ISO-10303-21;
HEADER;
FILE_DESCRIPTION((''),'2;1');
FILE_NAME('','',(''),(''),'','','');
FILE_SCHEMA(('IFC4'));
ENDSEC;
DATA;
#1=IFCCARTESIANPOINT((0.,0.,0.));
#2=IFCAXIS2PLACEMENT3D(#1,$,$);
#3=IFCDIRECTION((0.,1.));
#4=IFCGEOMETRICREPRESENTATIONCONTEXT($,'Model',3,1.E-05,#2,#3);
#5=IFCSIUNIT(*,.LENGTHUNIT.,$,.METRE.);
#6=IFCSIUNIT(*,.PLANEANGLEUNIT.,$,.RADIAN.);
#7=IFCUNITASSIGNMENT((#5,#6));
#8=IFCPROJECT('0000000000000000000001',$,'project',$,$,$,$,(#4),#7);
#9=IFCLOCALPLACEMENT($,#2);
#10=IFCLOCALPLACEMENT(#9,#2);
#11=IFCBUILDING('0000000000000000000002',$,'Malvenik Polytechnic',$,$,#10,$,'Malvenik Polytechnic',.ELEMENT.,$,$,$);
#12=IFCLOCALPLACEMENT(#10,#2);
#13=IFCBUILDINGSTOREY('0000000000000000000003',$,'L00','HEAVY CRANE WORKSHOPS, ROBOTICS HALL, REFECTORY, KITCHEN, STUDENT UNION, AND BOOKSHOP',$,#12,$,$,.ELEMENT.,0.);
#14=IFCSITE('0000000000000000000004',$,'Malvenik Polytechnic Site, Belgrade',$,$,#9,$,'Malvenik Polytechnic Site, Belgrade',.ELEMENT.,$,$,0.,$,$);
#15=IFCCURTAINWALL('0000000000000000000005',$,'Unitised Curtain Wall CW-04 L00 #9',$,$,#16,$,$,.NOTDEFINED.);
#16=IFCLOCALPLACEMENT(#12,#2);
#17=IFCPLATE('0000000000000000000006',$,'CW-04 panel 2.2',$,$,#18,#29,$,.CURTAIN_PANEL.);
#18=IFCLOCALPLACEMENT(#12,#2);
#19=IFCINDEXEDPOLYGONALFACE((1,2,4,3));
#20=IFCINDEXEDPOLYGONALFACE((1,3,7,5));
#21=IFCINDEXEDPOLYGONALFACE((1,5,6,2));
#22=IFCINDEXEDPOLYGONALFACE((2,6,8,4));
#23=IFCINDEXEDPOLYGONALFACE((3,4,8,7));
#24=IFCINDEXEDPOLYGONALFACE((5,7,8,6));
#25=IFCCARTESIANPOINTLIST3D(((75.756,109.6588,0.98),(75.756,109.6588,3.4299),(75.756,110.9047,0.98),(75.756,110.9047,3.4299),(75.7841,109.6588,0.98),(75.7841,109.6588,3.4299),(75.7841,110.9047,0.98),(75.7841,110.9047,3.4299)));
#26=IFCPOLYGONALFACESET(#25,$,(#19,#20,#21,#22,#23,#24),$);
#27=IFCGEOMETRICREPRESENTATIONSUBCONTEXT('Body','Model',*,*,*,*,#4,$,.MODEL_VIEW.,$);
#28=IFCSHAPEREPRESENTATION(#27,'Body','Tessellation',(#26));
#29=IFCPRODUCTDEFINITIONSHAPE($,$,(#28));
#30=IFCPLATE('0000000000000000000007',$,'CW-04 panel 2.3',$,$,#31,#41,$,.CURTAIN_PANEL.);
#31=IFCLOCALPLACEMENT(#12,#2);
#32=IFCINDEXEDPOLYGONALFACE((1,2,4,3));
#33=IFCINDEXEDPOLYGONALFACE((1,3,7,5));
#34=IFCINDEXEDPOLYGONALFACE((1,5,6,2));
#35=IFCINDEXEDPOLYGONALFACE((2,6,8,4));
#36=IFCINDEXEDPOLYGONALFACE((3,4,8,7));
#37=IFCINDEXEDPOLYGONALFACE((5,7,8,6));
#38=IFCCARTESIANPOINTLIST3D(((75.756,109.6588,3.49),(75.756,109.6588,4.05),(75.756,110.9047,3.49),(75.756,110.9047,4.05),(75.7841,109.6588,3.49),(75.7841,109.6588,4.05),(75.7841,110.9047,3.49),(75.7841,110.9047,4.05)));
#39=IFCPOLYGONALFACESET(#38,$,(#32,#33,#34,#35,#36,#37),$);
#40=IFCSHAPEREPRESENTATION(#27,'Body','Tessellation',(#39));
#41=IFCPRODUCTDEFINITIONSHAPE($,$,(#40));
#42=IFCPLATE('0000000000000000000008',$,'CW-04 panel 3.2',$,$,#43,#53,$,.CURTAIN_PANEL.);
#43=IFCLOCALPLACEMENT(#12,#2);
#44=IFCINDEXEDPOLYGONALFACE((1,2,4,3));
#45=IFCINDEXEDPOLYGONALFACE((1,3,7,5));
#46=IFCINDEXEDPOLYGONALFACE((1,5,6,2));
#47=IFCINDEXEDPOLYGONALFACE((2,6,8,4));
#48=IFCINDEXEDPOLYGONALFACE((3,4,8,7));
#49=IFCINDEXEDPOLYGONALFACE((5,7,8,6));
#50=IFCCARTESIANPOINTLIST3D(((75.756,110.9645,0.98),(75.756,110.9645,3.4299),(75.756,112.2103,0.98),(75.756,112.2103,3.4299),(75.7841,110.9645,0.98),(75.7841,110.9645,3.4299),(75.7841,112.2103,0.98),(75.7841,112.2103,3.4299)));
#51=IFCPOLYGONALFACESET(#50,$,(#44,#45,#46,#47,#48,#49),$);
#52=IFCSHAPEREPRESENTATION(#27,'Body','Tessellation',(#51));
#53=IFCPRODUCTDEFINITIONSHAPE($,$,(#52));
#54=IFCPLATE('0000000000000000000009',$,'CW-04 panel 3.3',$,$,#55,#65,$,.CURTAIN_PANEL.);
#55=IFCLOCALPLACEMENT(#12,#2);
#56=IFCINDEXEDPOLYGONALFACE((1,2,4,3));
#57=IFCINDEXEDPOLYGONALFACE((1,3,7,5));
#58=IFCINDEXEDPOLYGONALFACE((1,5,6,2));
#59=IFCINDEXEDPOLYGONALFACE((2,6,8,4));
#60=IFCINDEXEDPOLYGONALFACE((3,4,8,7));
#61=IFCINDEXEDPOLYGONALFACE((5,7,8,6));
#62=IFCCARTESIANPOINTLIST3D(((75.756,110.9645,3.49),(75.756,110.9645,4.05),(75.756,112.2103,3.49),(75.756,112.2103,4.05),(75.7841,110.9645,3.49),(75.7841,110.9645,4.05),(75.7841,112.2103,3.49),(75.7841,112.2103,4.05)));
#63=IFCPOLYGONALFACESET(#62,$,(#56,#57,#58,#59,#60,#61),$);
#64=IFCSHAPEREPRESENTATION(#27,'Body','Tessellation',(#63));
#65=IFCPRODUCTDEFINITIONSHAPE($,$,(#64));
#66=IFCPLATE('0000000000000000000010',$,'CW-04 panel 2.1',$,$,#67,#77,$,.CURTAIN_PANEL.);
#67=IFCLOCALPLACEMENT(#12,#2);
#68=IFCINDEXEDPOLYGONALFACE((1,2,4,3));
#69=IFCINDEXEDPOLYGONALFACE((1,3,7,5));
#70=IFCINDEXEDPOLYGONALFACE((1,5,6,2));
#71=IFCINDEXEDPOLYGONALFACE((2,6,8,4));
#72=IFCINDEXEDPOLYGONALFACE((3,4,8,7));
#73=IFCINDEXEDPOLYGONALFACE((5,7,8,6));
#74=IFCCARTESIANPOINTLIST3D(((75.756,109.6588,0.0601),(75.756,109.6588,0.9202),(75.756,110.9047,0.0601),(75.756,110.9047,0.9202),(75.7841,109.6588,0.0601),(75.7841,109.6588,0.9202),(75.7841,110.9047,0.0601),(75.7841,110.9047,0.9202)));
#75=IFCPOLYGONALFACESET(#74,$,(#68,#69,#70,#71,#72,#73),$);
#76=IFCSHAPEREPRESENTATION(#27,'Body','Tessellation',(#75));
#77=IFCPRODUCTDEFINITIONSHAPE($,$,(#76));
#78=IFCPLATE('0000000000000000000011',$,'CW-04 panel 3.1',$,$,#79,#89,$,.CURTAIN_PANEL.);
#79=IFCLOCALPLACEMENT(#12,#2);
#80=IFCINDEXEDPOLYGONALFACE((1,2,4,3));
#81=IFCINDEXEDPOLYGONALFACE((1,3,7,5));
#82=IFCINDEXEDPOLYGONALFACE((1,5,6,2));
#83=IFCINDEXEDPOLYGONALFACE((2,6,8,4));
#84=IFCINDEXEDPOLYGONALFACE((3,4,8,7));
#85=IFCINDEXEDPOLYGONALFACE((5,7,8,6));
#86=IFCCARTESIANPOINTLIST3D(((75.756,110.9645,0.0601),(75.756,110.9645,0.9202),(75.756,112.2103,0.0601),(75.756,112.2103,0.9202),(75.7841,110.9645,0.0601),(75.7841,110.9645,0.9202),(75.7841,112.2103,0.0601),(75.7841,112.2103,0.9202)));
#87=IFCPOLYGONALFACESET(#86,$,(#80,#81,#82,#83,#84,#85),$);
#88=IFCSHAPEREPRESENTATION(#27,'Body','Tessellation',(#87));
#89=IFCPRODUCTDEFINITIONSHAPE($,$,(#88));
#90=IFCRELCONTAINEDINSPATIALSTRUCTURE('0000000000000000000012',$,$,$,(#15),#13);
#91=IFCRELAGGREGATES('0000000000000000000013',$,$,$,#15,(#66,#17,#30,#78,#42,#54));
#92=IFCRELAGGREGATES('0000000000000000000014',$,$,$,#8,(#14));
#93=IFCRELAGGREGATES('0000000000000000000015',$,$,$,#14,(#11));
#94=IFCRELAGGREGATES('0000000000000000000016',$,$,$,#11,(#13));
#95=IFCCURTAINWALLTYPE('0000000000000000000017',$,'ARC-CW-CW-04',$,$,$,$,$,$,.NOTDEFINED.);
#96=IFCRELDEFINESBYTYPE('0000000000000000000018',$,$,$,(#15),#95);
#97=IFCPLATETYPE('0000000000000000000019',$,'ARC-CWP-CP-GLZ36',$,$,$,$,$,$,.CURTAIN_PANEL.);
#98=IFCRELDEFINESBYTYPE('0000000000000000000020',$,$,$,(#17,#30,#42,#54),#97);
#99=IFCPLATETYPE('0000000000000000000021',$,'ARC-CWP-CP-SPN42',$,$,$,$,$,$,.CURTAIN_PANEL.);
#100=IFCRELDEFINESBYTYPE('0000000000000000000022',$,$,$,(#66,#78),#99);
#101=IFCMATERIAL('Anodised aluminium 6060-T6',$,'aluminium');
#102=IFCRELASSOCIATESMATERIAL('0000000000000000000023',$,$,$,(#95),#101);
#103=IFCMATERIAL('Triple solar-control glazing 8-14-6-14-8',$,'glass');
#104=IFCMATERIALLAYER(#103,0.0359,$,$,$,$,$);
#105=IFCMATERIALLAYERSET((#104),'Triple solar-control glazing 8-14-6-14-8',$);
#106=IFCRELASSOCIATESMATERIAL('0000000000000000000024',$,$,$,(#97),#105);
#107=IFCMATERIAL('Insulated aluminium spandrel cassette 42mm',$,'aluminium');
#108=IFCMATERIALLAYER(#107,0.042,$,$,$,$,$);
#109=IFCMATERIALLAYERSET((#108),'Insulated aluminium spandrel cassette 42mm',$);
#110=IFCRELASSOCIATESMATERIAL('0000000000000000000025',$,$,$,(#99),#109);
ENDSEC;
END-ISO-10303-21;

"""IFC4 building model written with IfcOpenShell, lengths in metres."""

from ifc_helpers import new_model, si_unit, direction, frame, origin, origin_2d, place, context, subcontext, project, spatial, rectangle, extrude, material, layer, layer_set, type_object, element, aggregate, save


model = new_model("IFC4")

# Units and contexts
model_context = context("Model", 3, precision=1e-05, world=origin(), true_north=direction((0.0, 1.0)))
body_context = subcontext(model_context, "Body", "Model", "MODEL_VIEW")
ifc_project = project(units=[si_unit("LENGTHUNIT", "METRE"), si_unit("PLANEANGLEUNIT", "RADIAN")], contexts=[model_context])

# Site, building, storey
site_placement = place(None, origin())
site = spatial("IfcSite", under=ifc_project, at=site_placement, Name="Malvenik Polytechnic Site, Belgrade", LongName="Malvenik Polytechnic Site, Belgrade", CompositionType="ELEMENT", RefElevation=0.0)
building_placement = place(site_placement, origin())
building = spatial("IfcBuilding", under=site, at=building_placement, Name="Malvenik Polytechnic", LongName="Malvenik Polytechnic", CompositionType="ELEMENT")
storey_placement = place(building_placement, origin())
storey = spatial("IfcBuildingStorey", under=building, at=storey_placement, Name="L00", Description="HEAVY CRANE WORKSHOPS, ROBOTICS HALL, REFECTORY, KITCHEN, STUDENT UNION, AND BOOKSHOP", CompositionType="ELEMENT", Elevation=0.0)

# Curtain wall, plates
ifc_material_1 = material(Name="Anodised aluminium 6060-T6", Category="aluminium")
curtain_wall_type = type_object("IfcCurtainWallType", Name="ARC-CW-CW-04", PredefinedType="NOTDEFINED", material=ifc_material_1)
curtain_wall_placement = place(storey_placement, origin())
curtain_wall = element("IfcCurtainWall", 1, at=curtain_wall_placement, inside=storey, type_object=curtain_wall_type, Name="Unitised Curtain Wall CW-04 L00 #9", PredefinedType="NOTDEFINED")
ifc_material_2 = material(Name="Triple solar-control glazing 8-14-6-14-8", Category="glass")
ifc_layer_1 = layer(ifc_material_2, 0.0359)
ifc_layer_set_1 = layer_set([ifc_layer_1], Name="Triple solar-control glazing 8-14-6-14-8")
plate_type_1 = type_object("IfcPlateType", Name="ARC-CWP-CP-GLZ36", PredefinedType="CURTAIN_PANEL", material=ifc_layer_set_1)
plate_1_placement = place(storey_placement, frame((75.77, 110.2817, 0.98), z_axis=(0.0, 0.0, 1.0), x_axis=(0.0, 1.0, 0.0)))
plate_1 = element("IfcPlate", 2, at=plate_1_placement, type_object=plate_type_1, Name="CW-04 panel 2.2", PredefinedType="CURTAIN_PANEL", context=body_context, shape_type="SweptSolid", body=[
    extrude(rectangle(XDim=1.2458, YDim=0.0281, at=origin_2d()), origin(), (0.0, 0.0, 1.0), 2.45),
])
plate_2_placement = place(storey_placement, frame((75.77, 110.2817, 3.49), z_axis=(0.0, 0.0, 1.0), x_axis=(0.0, 1.0, 0.0)))
plate_2 = element("IfcPlate", 3, at=plate_2_placement, type_object=plate_type_1, Name="CW-04 panel 2.3", PredefinedType="CURTAIN_PANEL", context=body_context, shape_type="SweptSolid", body=[
    extrude(rectangle(XDim=1.2458, YDim=0.0281, at=origin_2d()), origin(), (0.0, 0.0, 1.0), 0.5601),
])
plate_3_placement = place(storey_placement, frame((75.77, 111.5874, 0.98), z_axis=(0.0, 0.0, 1.0), x_axis=(0.0, 1.0, 0.0)))
plate_3 = element("IfcPlate", 4, at=plate_3_placement, type_object=plate_type_1, Name="CW-04 panel 3.2", PredefinedType="CURTAIN_PANEL", context=body_context, shape_type="SweptSolid", body=[
    extrude(rectangle(XDim=1.2458, YDim=0.0281, at=origin_2d()), origin(), (0.0, 0.0, 1.0), 2.45),
])
plate_4_placement = place(storey_placement, frame((75.77, 111.5874, 3.49), z_axis=(0.0, 0.0, 1.0), x_axis=(0.0, 1.0, 0.0)))
plate_4 = element("IfcPlate", 5, at=plate_4_placement, type_object=plate_type_1, Name="CW-04 panel 3.3", PredefinedType="CURTAIN_PANEL", context=body_context, shape_type="SweptSolid", body=[
    extrude(rectangle(XDim=1.2458, YDim=0.0281, at=origin_2d()), origin(), (0.0, 0.0, 1.0), 0.5601),
])
ifc_material_3 = material(Name="Insulated aluminium spandrel cassette 42mm", Category="aluminium")
ifc_layer_2 = layer(ifc_material_3, 0.042)
ifc_layer_set_2 = layer_set([ifc_layer_2], Name="Insulated aluminium spandrel cassette 42mm")
plate_type_2 = type_object("IfcPlateType", Name="ARC-CWP-CP-SPN42", PredefinedType="CURTAIN_PANEL", material=ifc_layer_set_2)
plate_5_placement = place(storey_placement, frame((75.77, 110.2817, 0.0601), z_axis=(0.0, 0.0, 1.0), x_axis=(0.0, 1.0, 0.0)))
plate_5 = element("IfcPlate", 6, at=plate_5_placement, type_object=plate_type_2, Name="CW-04 panel 2.1", PredefinedType="CURTAIN_PANEL", context=body_context, shape_type="SweptSolid", body=[
    extrude(rectangle(XDim=1.2458, YDim=0.0281, at=origin_2d()), origin(), (0.0, 0.0, 1.0), 0.8601),
])
plate_6_placement = place(storey_placement, frame((75.77, 111.5874, 0.0601), z_axis=(0.0, 0.0, 1.0), x_axis=(0.0, 1.0, 0.0)))
plate_6 = element("IfcPlate", 7, at=plate_6_placement, type_object=plate_type_2, Name="CW-04 panel 3.1", PredefinedType="CURTAIN_PANEL", context=body_context, shape_type="SweptSolid", body=[
    extrude(rectangle(XDim=1.2458, YDim=0.0281, at=origin_2d()), origin(), (0.0, 0.0, 1.0), 0.8601),
])
aggregate(curtain_wall, [plate_5, plate_1, plate_2, plate_6, plate_3, plate_4])

save(model, "model.ifc")
